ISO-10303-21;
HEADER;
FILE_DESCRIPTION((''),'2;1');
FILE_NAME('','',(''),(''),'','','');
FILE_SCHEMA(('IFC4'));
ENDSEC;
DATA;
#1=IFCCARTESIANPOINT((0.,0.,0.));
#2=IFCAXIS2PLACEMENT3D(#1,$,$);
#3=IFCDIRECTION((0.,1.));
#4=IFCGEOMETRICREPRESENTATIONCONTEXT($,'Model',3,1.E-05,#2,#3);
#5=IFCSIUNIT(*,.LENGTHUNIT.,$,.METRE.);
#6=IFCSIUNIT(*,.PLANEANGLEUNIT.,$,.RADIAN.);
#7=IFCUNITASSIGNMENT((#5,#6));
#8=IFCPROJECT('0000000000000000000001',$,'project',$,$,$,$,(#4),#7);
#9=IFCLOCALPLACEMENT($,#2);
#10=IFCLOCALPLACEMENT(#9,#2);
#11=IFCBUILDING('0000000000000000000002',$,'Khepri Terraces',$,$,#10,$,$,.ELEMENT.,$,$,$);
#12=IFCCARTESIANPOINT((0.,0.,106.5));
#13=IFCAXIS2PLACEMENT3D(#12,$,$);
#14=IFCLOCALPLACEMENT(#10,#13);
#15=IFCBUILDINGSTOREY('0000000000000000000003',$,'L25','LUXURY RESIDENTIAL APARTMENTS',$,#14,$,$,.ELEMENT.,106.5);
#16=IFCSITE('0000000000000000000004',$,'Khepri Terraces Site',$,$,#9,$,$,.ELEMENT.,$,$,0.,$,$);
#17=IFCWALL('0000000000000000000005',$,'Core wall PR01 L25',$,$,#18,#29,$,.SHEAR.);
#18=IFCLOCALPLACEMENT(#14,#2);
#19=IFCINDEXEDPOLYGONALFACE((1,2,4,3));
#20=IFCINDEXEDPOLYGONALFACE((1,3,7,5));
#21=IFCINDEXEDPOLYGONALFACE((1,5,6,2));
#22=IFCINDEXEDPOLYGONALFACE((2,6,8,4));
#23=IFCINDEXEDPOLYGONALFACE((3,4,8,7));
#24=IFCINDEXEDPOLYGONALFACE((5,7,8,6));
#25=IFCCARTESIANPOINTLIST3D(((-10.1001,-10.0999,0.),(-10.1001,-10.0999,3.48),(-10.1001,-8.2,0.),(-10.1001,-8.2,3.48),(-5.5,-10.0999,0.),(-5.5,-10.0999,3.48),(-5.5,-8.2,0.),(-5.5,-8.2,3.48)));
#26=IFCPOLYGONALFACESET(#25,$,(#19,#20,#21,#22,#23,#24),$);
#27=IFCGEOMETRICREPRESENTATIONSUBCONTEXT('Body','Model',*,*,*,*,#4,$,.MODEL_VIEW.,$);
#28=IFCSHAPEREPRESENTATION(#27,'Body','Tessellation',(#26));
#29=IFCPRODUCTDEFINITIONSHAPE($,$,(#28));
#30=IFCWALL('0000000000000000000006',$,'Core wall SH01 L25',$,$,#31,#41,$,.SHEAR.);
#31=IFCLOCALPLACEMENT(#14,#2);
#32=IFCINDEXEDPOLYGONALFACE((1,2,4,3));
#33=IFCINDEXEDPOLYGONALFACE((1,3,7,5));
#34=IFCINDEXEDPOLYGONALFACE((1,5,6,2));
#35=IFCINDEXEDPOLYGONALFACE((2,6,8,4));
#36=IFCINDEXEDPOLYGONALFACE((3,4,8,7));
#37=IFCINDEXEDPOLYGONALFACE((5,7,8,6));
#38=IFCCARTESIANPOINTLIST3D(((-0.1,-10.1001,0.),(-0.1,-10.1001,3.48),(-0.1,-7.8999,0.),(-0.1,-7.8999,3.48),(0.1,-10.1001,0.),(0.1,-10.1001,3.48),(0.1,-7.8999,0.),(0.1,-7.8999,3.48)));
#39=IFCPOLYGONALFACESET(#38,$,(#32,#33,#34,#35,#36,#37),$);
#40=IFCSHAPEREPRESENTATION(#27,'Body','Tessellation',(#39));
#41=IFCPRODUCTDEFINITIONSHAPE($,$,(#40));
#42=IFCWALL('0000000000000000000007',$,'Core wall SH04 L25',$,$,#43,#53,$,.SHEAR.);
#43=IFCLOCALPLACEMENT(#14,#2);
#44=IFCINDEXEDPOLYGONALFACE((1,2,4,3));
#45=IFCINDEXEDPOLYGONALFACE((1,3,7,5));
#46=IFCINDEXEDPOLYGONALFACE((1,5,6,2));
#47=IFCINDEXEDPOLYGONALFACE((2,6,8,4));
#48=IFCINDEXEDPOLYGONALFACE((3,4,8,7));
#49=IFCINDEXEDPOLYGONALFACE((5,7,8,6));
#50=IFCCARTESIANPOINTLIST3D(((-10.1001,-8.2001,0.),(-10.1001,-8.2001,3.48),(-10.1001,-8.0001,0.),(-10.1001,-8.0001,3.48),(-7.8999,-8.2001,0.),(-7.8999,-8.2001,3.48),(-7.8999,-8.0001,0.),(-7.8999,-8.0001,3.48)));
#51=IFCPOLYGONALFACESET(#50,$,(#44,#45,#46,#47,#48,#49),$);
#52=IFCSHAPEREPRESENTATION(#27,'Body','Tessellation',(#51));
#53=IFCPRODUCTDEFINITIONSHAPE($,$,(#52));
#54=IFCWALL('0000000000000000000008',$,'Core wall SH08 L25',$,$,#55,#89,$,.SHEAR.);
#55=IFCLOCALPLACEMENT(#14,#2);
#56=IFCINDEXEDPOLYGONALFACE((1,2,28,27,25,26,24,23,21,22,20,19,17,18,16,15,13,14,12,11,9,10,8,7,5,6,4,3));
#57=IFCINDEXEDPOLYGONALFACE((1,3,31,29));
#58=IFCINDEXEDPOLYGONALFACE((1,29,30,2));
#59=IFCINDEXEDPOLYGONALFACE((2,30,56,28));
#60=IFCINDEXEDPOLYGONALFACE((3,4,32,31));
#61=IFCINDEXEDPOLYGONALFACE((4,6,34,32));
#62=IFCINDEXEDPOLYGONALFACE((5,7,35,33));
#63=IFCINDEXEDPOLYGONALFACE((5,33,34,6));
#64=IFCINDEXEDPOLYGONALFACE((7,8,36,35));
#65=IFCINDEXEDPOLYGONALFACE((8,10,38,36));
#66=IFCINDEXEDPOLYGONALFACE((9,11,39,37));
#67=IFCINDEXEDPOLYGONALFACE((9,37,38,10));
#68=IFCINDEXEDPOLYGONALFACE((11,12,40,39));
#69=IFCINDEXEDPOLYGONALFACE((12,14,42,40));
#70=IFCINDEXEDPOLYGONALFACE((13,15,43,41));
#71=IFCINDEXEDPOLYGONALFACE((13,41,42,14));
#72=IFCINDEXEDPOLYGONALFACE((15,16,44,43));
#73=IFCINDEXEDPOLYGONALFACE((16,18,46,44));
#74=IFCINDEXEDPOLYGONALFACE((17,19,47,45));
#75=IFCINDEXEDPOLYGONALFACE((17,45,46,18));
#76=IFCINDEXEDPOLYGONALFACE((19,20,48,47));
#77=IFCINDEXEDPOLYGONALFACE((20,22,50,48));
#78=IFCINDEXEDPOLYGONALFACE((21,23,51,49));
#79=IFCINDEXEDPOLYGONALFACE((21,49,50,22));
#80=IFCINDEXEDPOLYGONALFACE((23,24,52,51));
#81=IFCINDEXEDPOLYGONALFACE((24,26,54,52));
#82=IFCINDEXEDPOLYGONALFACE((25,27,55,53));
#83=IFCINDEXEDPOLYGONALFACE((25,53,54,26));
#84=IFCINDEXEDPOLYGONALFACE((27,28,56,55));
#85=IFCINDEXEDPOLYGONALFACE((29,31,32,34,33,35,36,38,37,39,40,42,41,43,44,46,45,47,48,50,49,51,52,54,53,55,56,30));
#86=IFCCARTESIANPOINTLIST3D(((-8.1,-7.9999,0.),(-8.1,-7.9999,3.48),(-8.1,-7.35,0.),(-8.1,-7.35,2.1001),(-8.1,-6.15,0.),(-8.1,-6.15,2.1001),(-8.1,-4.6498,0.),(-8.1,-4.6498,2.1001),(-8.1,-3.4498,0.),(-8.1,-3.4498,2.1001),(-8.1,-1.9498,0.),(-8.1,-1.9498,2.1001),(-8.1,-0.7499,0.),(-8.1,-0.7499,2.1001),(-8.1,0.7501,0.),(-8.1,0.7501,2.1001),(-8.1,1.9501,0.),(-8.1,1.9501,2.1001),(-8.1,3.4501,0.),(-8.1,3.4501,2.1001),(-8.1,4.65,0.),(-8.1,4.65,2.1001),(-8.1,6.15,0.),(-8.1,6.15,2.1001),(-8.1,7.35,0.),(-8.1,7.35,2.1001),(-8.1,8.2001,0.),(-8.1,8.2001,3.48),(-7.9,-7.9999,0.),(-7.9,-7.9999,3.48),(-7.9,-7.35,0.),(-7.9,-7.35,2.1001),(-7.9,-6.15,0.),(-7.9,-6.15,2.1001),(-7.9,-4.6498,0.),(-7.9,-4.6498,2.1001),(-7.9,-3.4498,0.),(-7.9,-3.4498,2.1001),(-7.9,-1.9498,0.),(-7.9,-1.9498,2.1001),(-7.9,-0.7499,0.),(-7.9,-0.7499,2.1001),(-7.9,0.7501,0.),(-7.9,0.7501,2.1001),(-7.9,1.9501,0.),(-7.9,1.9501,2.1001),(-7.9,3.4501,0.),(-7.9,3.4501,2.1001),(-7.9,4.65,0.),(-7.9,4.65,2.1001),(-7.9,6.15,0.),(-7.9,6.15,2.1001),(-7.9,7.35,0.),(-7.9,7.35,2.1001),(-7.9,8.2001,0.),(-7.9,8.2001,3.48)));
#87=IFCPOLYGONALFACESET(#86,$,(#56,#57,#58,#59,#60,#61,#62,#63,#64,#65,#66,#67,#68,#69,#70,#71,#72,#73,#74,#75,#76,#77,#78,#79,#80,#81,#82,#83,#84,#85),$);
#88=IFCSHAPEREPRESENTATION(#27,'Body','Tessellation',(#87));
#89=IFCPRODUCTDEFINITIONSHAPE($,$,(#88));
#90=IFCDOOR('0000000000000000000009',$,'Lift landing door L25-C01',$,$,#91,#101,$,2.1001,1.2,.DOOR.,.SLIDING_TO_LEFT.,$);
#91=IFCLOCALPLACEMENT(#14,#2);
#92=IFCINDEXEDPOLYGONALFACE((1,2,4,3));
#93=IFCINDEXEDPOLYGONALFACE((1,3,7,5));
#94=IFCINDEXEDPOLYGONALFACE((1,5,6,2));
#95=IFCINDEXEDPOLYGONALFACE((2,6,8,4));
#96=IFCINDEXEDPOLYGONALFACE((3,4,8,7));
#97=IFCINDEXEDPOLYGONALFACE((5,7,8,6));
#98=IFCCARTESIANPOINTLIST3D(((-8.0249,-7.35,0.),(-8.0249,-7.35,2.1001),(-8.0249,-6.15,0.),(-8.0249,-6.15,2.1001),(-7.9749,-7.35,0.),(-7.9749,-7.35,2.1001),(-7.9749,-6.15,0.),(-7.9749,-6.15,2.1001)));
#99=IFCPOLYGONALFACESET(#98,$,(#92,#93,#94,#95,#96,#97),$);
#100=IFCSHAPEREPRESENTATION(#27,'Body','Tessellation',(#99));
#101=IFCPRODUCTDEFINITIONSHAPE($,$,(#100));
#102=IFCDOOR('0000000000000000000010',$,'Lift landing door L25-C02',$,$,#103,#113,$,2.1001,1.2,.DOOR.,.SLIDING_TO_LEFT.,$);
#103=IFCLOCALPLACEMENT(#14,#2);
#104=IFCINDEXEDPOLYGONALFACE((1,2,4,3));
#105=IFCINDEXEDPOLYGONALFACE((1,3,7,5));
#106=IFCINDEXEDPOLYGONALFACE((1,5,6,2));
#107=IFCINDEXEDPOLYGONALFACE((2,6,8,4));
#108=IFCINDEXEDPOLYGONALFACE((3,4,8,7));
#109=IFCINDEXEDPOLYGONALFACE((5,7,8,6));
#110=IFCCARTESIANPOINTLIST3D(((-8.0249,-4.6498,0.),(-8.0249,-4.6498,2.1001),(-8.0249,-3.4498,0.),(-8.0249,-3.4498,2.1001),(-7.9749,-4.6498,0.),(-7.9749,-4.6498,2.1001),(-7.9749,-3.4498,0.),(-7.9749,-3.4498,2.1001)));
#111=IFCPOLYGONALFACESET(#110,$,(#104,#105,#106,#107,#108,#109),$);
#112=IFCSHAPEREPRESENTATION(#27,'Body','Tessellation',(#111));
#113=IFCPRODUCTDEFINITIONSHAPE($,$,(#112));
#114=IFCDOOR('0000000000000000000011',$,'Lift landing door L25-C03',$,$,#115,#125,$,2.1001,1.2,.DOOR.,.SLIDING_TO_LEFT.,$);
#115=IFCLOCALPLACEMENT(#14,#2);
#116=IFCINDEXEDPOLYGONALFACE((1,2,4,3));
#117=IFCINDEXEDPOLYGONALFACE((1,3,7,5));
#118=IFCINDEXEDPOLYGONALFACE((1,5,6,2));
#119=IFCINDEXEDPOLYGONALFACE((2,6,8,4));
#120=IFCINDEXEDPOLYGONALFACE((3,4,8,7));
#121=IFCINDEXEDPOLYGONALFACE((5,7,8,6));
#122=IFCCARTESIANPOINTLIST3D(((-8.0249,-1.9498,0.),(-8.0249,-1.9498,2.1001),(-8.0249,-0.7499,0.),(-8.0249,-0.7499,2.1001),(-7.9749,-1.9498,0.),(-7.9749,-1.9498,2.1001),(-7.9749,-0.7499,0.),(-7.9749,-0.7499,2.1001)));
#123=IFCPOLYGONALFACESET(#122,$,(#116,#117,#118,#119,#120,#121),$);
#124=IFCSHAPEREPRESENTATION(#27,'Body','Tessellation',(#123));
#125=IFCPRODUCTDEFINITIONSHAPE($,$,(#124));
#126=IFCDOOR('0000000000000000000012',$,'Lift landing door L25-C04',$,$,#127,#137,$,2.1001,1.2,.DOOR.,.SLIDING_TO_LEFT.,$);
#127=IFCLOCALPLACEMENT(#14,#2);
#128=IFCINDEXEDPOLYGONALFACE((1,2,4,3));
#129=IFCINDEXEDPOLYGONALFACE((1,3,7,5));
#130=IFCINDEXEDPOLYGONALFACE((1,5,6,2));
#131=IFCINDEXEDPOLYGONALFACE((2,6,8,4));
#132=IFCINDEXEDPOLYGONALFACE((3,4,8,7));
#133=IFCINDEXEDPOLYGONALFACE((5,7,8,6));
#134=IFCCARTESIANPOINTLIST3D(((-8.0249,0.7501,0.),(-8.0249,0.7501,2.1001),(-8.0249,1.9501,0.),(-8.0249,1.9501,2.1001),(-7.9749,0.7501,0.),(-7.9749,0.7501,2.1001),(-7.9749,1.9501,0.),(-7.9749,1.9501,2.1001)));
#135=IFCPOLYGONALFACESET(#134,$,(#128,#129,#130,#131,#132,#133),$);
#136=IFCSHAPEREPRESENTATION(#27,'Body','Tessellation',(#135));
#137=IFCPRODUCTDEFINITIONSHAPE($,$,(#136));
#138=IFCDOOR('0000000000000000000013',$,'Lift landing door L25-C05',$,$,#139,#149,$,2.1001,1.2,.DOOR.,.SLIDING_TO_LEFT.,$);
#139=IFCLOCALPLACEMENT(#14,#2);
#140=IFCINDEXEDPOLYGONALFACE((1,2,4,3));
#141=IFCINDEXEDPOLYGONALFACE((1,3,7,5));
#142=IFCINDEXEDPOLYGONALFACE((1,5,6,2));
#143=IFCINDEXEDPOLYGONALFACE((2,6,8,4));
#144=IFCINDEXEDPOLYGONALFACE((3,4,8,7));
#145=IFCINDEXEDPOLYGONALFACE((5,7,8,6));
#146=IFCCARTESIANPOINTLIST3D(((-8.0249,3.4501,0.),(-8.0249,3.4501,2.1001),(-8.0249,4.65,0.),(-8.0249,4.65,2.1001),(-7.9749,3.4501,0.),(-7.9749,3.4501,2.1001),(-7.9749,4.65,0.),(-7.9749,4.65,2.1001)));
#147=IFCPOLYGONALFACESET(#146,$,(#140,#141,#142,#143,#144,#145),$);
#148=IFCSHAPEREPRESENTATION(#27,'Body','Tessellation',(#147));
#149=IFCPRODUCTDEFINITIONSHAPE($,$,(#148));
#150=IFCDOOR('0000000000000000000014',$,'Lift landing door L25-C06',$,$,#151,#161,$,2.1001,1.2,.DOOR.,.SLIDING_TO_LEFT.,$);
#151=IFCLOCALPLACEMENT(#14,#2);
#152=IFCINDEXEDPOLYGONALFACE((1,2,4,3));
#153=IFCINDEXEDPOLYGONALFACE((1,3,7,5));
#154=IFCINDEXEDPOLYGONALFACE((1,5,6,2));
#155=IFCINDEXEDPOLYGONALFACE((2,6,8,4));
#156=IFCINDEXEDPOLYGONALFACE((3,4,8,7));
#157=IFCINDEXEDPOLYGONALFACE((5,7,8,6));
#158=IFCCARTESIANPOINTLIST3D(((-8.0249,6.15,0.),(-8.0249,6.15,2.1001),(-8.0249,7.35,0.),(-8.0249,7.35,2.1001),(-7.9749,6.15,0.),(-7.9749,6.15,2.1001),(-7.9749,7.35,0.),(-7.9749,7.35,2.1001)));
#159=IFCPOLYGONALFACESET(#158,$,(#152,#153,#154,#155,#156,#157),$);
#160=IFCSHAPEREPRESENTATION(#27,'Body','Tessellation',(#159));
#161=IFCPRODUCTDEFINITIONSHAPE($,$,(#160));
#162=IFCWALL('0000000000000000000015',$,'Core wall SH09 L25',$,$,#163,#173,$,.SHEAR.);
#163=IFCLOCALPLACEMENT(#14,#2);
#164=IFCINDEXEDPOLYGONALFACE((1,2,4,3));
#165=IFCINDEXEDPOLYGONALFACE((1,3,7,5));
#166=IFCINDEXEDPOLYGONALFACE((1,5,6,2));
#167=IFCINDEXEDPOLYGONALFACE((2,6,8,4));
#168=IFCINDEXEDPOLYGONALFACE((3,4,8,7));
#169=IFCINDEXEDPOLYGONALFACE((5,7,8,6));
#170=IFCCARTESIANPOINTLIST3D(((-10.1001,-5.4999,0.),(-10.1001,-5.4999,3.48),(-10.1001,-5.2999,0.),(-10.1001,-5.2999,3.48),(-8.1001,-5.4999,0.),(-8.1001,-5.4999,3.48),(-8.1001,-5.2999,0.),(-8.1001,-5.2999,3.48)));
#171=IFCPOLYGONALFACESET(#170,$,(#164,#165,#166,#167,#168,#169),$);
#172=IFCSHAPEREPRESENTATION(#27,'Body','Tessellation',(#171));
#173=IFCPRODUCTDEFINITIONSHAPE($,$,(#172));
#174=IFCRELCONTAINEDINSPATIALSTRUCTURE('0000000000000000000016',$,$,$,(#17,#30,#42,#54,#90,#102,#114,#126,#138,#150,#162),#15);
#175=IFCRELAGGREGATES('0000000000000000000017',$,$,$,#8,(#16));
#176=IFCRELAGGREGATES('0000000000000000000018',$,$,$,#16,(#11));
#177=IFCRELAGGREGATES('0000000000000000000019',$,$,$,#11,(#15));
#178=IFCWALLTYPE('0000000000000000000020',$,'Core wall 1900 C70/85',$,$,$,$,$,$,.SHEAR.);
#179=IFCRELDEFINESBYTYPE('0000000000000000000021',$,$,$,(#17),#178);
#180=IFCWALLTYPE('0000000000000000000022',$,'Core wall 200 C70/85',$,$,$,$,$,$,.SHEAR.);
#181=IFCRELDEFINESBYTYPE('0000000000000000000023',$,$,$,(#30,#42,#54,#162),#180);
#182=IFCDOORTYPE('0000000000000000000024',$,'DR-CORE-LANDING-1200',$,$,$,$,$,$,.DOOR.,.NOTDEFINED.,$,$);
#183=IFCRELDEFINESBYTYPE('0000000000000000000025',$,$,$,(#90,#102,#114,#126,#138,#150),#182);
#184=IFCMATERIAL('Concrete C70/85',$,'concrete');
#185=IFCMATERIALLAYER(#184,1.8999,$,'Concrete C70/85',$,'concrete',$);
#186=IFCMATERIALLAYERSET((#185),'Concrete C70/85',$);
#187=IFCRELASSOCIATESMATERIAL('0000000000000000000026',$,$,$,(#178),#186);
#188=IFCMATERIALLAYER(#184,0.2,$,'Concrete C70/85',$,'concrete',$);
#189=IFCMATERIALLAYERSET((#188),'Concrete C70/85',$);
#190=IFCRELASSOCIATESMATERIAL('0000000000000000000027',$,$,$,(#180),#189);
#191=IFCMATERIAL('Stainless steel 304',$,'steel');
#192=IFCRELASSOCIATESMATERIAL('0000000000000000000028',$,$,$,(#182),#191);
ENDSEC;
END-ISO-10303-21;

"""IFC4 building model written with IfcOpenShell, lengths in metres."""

from ifc_helpers import new_model, si_unit, direction, frame, frame_2d, origin, place, context, subcontext, project, spatial, rectangle, extrude, material, layer, layer_set, type_object, element, fill, save


model = new_model("IFC4")

# Units and contexts
model_context = context("Model", 3, precision=1e-05, world=origin(), true_north=direction((0.0, 1.0)))
body_context = subcontext(model_context, "Body", "Model", "MODEL_VIEW")
ifc_project = project(units=[si_unit("LENGTHUNIT", "METRE"), si_unit("PLANEANGLEUNIT", "RADIAN")], contexts=[model_context])

# Site, building, storey
site_placement = place(None, origin())
site = spatial("IfcSite", under=ifc_project, at=site_placement, Name="Khepri Terraces Site", CompositionType="ELEMENT", RefElevation=0.0)
building_placement = place(site_placement, origin())
building = spatial("IfcBuilding", under=site, at=building_placement, Name="Khepri Terraces", CompositionType="ELEMENT")
storey_placement = place(building_placement, frame((0.0, 0.0, 106.5)))
storey = spatial("IfcBuildingStorey", under=building, at=storey_placement, Name="L25", Description="LUXURY RESIDENTIAL APARTMENTS", CompositionType="ELEMENT", Elevation=106.5)

# Walls
ifc_material_1 = material(Name="Concrete C70/85", Category="concrete")
ifc_layer_1 = layer(ifc_material_1, 1.8999, Name="Concrete C70/85", Category="concrete")
ifc_layer_set_1 = layer_set([ifc_layer_1], Name="Concrete C70/85")
wall_type_1 = type_object("IfcWallType", Name="Core wall 1900 C70/85", PredefinedType="SHEAR", material=ifc_layer_set_1)
wall_1_placement = place(storey_placement, frame((-10.1001, -9.1499, 0.0), z_axis=(0.0, 0.0, 1.0), x_axis=(1.0, 0.0, 0.0)))
element("IfcWall", 1, at=wall_1_placement, inside=storey, type_object=wall_type_1, Name="Core wall PR01 L25", PredefinedType="SHEAR", context=body_context, shape_type="SweptSolid", body=[
    extrude(rectangle(XDim=4.6001, YDim=1.8999, at=frame_2d((2.3, 0.0))), origin(), (0.0, 0.0, 1.0), 3.48),
])
ifc_layer_2 = layer(ifc_material_1, 0.2, Name="Concrete C70/85", Category="concrete")
ifc_layer_set_2 = layer_set([ifc_layer_2], Name="Concrete C70/85")
wall_type_2 = type_object("IfcWallType", Name="Core wall 200 C70/85", PredefinedType="SHEAR", material=ifc_layer_set_2)
for number, where, z_axis, x_axis, name in (
    (2, (0.0, -10.1001, 0.0), (0.0, 0.0, 1.0), (0.0, 1.0, 0.0), "Core wall SH01 L25"),
    (3, (-10.1001, -8.1001, 0.0), (0.0, 0.0, 1.0), (1.0, 0.0, 0.0), "Core wall SH04 L25"),
):
    element("IfcWall", number, at=place(storey_placement, frame(where, z_axis=z_axis, x_axis=x_axis)), inside=storey, type_object=wall_type_2, Name=name, PredefinedType="SHEAR", context=body_context, shape_type="SweptSolid", body=[
        extrude(rectangle(XDim=2.2002, YDim=0.2, at=frame_2d((1.1001, 0.0))), origin(), (0.0, 0.0, 1.0), 3.48),
    ])

# Wall, openings, doors
wall_2_placement = place(storey_placement, frame((-8.0, -8.0, 0.0), z_axis=(0.0, 0.0, 1.0), x_axis=(0.0, 1.0, 0.0)))
wall_2 = element("IfcWall", 4, at=wall_2_placement, inside=storey, type_object=wall_type_2, Name="Core wall SH08 L25", PredefinedType="SHEAR", context=body_context, shape_type="SweptSolid", body=[
    extrude(rectangle(XDim=16.2, YDim=0.2, at=frame_2d((8.1001, 0.0))), origin(), (0.0, 0.0, 1.0), 3.48),
])
opening_1_placement = place(wall_2_placement, frame((0.6499, 0.0, 0.0)))
opening_1 = element("IfcOpeningElement", 5, at=opening_1_placement, cuts=wall_2, PredefinedType="OPENING", context=body_context, shape_type="SweptSolid", body=[
    extrude(rectangle(XDim=1.2, YDim=2.1001, at=frame_2d((0.6001, 1.05))), frame((0.0, 0.1099, 0.0), z_axis=(0.0, -1.0, 0.0), x_axis=(1.0, 0.0, 0.0)), (0.0, 0.0, 1.0), 0.22),
])
opening_2_placement = place(wall_2_placement, frame((3.3501, 0.0, 0.0)))
opening_2 = element("IfcOpeningElement", 6, at=opening_2_placement, cuts=wall_2, PredefinedType="OPENING", context=body_context, shape_type="SweptSolid", body=[
    extrude(rectangle(XDim=1.2, YDim=2.1001, at=frame_2d((0.6001, 1.05))), frame((0.0, 0.1099, 0.0), z_axis=(0.0, -1.0, 0.0), x_axis=(1.0, 0.0, 0.0)), (0.0, 0.0, 1.0), 0.22),
])
opening_3_placement = place(wall_2_placement, frame((6.05, 0.0, 0.0)))
opening_3 = element("IfcOpeningElement", 7, at=opening_3_placement, cuts=wall_2, PredefinedType="OPENING", context=body_context, shape_type="SweptSolid", body=[
    extrude(rectangle(XDim=1.2, YDim=2.1001, at=frame_2d((0.6001, 1.05))), frame((0.0, 0.1099, 0.0), z_axis=(0.0, -1.0, 0.0), x_axis=(1.0, 0.0, 0.0)), (0.0, 0.0, 1.0), 0.22),
])
opening_4_placement = place(wall_2_placement, frame((8.75, 0.0, 0.0)))
opening_4 = element("IfcOpeningElement", 8, at=opening_4_placement, cuts=wall_2, PredefinedType="OPENING", context=body_context, shape_type="SweptSolid", body=[
    extrude(rectangle(XDim=1.2, YDim=2.1001, at=frame_2d((0.6001, 1.05))), frame((0.0, 0.1099, 0.0), z_axis=(0.0, -1.0, 0.0), x_axis=(1.0, 0.0, 0.0)), (0.0, 0.0, 1.0), 0.22),
])
opening_5_placement = place(wall_2_placement, frame((11.45, 0.0, 0.0)))
opening_5 = element("IfcOpeningElement", 9, at=opening_5_placement, cuts=wall_2, PredefinedType="OPENING", context=body_context, shape_type="SweptSolid", body=[
    extrude(rectangle(XDim=1.2, YDim=2.1001, at=frame_2d((0.6001, 1.05))), frame((0.0, 0.1099, 0.0), z_axis=(0.0, -1.0, 0.0), x_axis=(1.0, 0.0, 0.0)), (0.0, 0.0, 1.0), 0.22),
])
opening_6_placement = place(wall_2_placement, frame((14.1499, 0.0, 0.0)))
opening_6 = element("IfcOpeningElement", 10, at=opening_6_placement, cuts=wall_2, PredefinedType="OPENING", context=body_context, shape_type="SweptSolid", body=[
    extrude(rectangle(XDim=1.2, YDim=2.1001, at=frame_2d((0.6001, 1.05))), frame((0.0, 0.1099, 0.0), z_axis=(0.0, -1.0, 0.0), x_axis=(1.0, 0.0, 0.0)), (0.0, 0.0, 1.0), 0.22),
])
ifc_material_2 = material(Name="Stainless steel 304", Category="steel")
door_type_1 = type_object("IfcDoorType", Name="DR-CORE-LANDING-1200", OperationType="NOTDEFINED", PredefinedType="DOOR", material=ifc_material_2)
door_1_placement = place(opening_1_placement, origin())
door_1 = element("IfcDoor", 11, at=door_1_placement, inside=storey, type_object=door_type_1, Name="Lift landing door L25-C01", OperationType="SLIDING_TO_LEFT", OverallHeight=2.1001, OverallWidth=1.2, PredefinedType="DOOR", context=body_context, shape_type="SweptSolid", body=[
    extrude(rectangle(XDim=1.2, YDim=2.1001, at=frame_2d((0.6001, 1.05))), frame((0.0, 0.0249, 0.0), z_axis=(0.0, -1.0, 0.0), x_axis=(1.0, 0.0, 0.0)), (0.0, 0.0, 1.0), 0.05),
])
fill(opening_1, door_1)
door_2_placement = place(opening_2_placement, origin())
door_2 = element("IfcDoor", 12, at=door_2_placement, inside=storey, type_object=door_type_1, Name="Lift landing door L25-C02", OperationType="SLIDING_TO_LEFT", OverallHeight=2.1001, OverallWidth=1.2, PredefinedType="DOOR", context=body_context, shape_type="SweptSolid", body=[
    extrude(rectangle(XDim=1.2, YDim=2.1001, at=frame_2d((0.6001, 1.05))), frame((0.0, 0.0249, 0.0), z_axis=(0.0, -1.0, 0.0), x_axis=(1.0, 0.0, 0.0)), (0.0, 0.0, 1.0), 0.05),
])
fill(opening_2, door_2)
door_3_placement = place(opening_3_placement, origin())
door_3 = element("IfcDoor", 13, at=door_3_placement, inside=storey, type_object=door_type_1, Name="Lift landing door L25-C03", OperationType="SLIDING_TO_LEFT", OverallHeight=2.1001, OverallWidth=1.2, PredefinedType="DOOR", context=body_context, shape_type="SweptSolid", body=[
    extrude(rectangle(XDim=1.2, YDim=2.1001, at=frame_2d((0.6001, 1.05))), frame((0.0, 0.0249, 0.0), z_axis=(0.0, -1.0, 0.0), x_axis=(1.0, 0.0, 0.0)), (0.0, 0.0, 1.0), 0.05),
])
fill(opening_3, door_3)
door_4_placement = place(opening_4_placement, origin())
door_4 = element("IfcDoor", 14, at=door_4_placement, inside=storey, type_object=door_type_1, Name="Lift landing door L25-C04", OperationType="SLIDING_TO_LEFT", OverallHeight=2.1001, OverallWidth=1.2, PredefinedType="DOOR", context=body_context, shape_type="SweptSolid", body=[
    extrude(rectangle(XDim=1.2, YDim=2.1001, at=frame_2d((0.6001, 1.05))), frame((0.0, 0.0249, 0.0), z_axis=(0.0, -1.0, 0.0), x_axis=(1.0, 0.0, 0.0)), (0.0, 0.0, 1.0), 0.05),
])
fill(opening_4, door_4)
door_5_placement = place(opening_5_placement, origin())
door_5 = element("IfcDoor", 15, at=door_5_placement, inside=storey, type_object=door_type_1, Name="Lift landing door L25-C05", OperationType="SLIDING_TO_LEFT", OverallHeight=2.1001, OverallWidth=1.2, PredefinedType="DOOR", context=body_context, shape_type="SweptSolid", body=[
    extrude(rectangle(XDim=1.2, YDim=2.1001, at=frame_2d((0.6001, 1.05))), frame((0.0, 0.0249, 0.0), z_axis=(0.0, -1.0, 0.0), x_axis=(1.0, 0.0, 0.0)), (0.0, 0.0, 1.0), 0.05),
])
fill(opening_5, door_5)
door_6_placement = place(opening_6_placement, origin())
door_6 = element("IfcDoor", 16, at=door_6_placement, inside=storey, type_object=door_type_1, Name="Lift landing door L25-C06", OperationType="SLIDING_TO_LEFT", OverallHeight=2.1001, OverallWidth=1.2, PredefinedType="DOOR", context=body_context, shape_type="SweptSolid", body=[
    extrude(rectangle(XDim=1.2, YDim=2.1001, at=frame_2d((0.6001, 1.05))), frame((0.0, 0.0249, 0.0), z_axis=(0.0, -1.0, 0.0), x_axis=(1.0, 0.0, 0.0)), (0.0, 0.0, 1.0), 0.05),
])
fill(opening_6, door_6)

# Wall
wall_3_placement = place(storey_placement, frame((-10.1001, -5.3999, 0.0), z_axis=(0.0, 0.0, 1.0), x_axis=(1.0, 0.0, 0.0)))
element("IfcWall", 17, at=wall_3_placement, inside=storey, type_object=wall_type_2, Name="Core wall SH09 L25", PredefinedType="SHEAR", context=body_context, shape_type="SweptSolid", body=[
    extrude(rectangle(XDim=2.0, YDim=0.2, at=frame_2d((1.0, 0.0))), origin(), (0.0, 0.0, 1.0), 3.48),
])

save(model, "model.ifc")
